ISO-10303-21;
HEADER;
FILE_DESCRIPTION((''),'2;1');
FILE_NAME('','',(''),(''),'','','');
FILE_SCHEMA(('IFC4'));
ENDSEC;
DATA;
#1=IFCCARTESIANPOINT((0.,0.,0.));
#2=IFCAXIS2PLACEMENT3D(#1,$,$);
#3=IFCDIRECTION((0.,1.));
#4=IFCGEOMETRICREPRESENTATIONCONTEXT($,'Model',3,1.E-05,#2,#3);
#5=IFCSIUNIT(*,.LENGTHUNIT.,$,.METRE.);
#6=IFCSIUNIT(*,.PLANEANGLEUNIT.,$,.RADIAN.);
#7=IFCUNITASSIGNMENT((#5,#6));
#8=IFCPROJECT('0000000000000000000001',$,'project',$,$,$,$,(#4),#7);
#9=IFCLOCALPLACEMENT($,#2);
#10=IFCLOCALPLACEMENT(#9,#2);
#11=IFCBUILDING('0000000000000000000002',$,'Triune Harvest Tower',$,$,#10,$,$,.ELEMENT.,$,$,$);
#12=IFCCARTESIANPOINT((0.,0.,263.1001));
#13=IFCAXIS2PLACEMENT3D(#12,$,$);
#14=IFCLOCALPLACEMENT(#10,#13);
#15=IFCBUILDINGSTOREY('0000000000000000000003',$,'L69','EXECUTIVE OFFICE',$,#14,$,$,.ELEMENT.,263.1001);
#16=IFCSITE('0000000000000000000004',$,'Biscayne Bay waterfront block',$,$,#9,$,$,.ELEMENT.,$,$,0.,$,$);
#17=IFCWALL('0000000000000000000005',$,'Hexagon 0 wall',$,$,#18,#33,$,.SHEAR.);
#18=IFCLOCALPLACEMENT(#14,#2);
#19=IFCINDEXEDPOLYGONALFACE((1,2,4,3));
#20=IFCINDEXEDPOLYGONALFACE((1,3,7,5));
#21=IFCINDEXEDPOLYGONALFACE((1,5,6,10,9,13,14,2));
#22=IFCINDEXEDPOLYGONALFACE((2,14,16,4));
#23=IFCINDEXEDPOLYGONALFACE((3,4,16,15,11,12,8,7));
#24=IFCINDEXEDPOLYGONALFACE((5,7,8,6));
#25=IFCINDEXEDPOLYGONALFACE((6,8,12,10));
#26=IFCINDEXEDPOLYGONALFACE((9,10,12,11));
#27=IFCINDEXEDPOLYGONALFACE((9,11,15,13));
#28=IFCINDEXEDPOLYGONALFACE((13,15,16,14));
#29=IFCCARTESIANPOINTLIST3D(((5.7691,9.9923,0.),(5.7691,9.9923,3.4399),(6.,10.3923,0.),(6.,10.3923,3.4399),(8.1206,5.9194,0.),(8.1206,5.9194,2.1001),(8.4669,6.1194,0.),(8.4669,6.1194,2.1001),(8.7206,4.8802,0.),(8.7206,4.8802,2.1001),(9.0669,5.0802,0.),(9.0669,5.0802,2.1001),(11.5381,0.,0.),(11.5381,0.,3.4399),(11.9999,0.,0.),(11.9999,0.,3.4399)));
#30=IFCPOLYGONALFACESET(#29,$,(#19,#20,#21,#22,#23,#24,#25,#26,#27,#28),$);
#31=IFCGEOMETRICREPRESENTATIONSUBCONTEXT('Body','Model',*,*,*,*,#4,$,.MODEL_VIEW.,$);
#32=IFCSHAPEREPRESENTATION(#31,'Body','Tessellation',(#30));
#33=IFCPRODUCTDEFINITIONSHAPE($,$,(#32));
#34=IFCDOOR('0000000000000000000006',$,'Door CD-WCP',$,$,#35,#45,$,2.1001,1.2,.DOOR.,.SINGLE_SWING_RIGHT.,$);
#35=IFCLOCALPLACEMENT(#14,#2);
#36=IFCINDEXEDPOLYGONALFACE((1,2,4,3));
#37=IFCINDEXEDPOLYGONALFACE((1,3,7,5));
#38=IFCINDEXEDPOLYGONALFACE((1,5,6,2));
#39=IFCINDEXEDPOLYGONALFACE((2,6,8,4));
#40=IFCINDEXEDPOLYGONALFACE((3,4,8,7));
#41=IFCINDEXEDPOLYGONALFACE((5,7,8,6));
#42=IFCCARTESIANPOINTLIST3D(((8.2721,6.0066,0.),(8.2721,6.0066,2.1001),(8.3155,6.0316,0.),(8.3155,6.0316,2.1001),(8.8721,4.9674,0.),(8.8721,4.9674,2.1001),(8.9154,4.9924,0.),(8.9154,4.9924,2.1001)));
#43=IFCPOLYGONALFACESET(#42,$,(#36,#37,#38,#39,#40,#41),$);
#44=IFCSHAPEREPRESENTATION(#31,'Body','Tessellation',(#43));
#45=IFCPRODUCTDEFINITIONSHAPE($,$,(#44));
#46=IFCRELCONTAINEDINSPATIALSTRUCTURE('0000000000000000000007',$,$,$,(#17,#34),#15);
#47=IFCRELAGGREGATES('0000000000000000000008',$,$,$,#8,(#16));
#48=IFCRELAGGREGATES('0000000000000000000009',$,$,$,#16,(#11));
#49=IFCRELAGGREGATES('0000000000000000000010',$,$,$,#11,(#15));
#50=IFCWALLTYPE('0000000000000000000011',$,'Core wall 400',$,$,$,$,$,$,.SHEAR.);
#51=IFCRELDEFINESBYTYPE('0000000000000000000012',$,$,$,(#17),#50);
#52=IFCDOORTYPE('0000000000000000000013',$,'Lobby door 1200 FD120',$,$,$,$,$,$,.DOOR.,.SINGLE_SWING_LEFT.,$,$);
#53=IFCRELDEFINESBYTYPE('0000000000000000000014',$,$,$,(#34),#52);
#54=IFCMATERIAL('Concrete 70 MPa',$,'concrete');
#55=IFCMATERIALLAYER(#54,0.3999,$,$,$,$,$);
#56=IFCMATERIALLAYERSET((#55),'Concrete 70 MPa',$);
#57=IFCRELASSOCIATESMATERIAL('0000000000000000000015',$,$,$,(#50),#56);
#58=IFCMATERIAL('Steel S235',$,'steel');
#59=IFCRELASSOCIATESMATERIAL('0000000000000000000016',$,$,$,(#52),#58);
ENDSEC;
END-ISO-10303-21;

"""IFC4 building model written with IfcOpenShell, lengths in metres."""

from ifc_helpers import new_model, si_unit, direction, frame, frame_2d, origin, place, context, subcontext, project, spatial, polyline, rectangle, outline, extrude, source, transform, mapped, material, layer, layer_set, type_object, element, fill, save


model = new_model("IFC4")

# Units and contexts
model_context = context("Model", 3, precision=1e-05, world=origin(), true_north=direction((0.0, 1.0)))
body_context = subcontext(model_context, "Body", "Model", "MODEL_VIEW")
ifc_project = project(units=[si_unit("LENGTHUNIT", "METRE"), si_unit("PLANEANGLEUNIT", "RADIAN")], contexts=[model_context])

# Site, building, storey
site_placement = place(None, origin())
site = spatial("IfcSite", under=ifc_project, at=site_placement, Name="Biscayne Bay waterfront block", CompositionType="ELEMENT", RefElevation=0.0)
building_placement = place(site_placement, origin())
building = spatial("IfcBuilding", under=site, at=building_placement, Name="Triune Harvest Tower", CompositionType="ELEMENT")
storey_placement = place(building_placement, frame((0.0, 0.0, 263.1001)))
storey = spatial("IfcBuildingStorey", under=building, at=storey_placement, Name="L69", Description="EXECUTIVE OFFICE", CompositionType="ELEMENT", Elevation=263.1001)

# Wall, opening, door
ifc_material_1 = material(Name="Concrete 70 MPa", Category="concrete")
ifc_layer_1 = layer(ifc_material_1, 0.3999)
ifc_layer_set_1 = layer_set([ifc_layer_1], Name="Concrete 70 MPa")
wall_type = type_object("IfcWallType", Name="Core wall 400", PredefinedType="SHEAR", material=ifc_layer_set_1)
shared_shape_1 = source(origin(), body_context, "Body", "SweptSolid", [
    extrude(outline(polyline([(-0.1155, -0.2), (11.8845, -0.2), (11.6536, 0.2), (0.1155, 0.2), (-0.1155, -0.2)])), origin(), (0.0, 0.0, 1.0), 3.4399),
])
wall_placement = place(storey_placement, frame((11.769, 0.0, 0.0), z_axis=(0.0, 0.0, 1.0), x_axis=(-0.499997, 0.866027, 0.0)))
wall = element("IfcWall", 1, at=wall_placement, inside=storey, type_object=wall_type, Name="Hexagon 0 wall", PredefinedType="SHEAR", context=body_context, shape_type="MappedRepresentation", body=[
    mapped(shared_shape_1, transform((0.0, 0.0, 0.0), scale=1.0)),
])
opening_placement = place(wall_placement, frame((5.7505, 0.0, 0.0)))
opening = element("IfcOpeningElement", 2, at=opening_placement, cuts=wall, PredefinedType="OPENING", context=body_context, shape_type="SweptSolid", body=[
    extrude(rectangle(XDim=1.2, YDim=2.1001, at=frame_2d((0.6001, 1.05))), frame((0.0, 0.21, 0.0), z_axis=(0.0, -1.0, 0.0), x_axis=(1.0, 0.0, 0.0)), (0.0, 0.0, 1.0), 0.4199),
])
ifc_material_2 = material(Name="Steel S235", Category="steel")
door_type = type_object("IfcDoorType", Name="Lobby door 1200 FD120", OperationType="SINGLE_SWING_LEFT", PredefinedType="DOOR", material=ifc_material_2)
door_placement = place(opening_placement, frame((1.2, 0.0, 0.0), z_axis=(0.0, 0.0, 1.0), x_axis=(-1.0, 0.0, 0.0)))
door = element("IfcDoor", 3, at=door_placement, inside=storey, type_object=door_type, Name="Door CD-WCP", OperationType="SINGLE_SWING_RIGHT", OverallHeight=2.1001, OverallWidth=1.2, PredefinedType="DOOR", context=body_context, shape_type="SweptSolid", body=[
    extrude(rectangle(XDim=1.2, YDim=2.1001, at=frame_2d((0.6001, 1.05))), frame((0.0, 0.0249, 0.0), z_axis=(0.0, -1.0, 0.0), x_axis=(1.0, 0.0, 0.0)), (0.0, 0.0, 1.0), 0.05),
])
fill(opening, door)

save(model, "model.ifc")
